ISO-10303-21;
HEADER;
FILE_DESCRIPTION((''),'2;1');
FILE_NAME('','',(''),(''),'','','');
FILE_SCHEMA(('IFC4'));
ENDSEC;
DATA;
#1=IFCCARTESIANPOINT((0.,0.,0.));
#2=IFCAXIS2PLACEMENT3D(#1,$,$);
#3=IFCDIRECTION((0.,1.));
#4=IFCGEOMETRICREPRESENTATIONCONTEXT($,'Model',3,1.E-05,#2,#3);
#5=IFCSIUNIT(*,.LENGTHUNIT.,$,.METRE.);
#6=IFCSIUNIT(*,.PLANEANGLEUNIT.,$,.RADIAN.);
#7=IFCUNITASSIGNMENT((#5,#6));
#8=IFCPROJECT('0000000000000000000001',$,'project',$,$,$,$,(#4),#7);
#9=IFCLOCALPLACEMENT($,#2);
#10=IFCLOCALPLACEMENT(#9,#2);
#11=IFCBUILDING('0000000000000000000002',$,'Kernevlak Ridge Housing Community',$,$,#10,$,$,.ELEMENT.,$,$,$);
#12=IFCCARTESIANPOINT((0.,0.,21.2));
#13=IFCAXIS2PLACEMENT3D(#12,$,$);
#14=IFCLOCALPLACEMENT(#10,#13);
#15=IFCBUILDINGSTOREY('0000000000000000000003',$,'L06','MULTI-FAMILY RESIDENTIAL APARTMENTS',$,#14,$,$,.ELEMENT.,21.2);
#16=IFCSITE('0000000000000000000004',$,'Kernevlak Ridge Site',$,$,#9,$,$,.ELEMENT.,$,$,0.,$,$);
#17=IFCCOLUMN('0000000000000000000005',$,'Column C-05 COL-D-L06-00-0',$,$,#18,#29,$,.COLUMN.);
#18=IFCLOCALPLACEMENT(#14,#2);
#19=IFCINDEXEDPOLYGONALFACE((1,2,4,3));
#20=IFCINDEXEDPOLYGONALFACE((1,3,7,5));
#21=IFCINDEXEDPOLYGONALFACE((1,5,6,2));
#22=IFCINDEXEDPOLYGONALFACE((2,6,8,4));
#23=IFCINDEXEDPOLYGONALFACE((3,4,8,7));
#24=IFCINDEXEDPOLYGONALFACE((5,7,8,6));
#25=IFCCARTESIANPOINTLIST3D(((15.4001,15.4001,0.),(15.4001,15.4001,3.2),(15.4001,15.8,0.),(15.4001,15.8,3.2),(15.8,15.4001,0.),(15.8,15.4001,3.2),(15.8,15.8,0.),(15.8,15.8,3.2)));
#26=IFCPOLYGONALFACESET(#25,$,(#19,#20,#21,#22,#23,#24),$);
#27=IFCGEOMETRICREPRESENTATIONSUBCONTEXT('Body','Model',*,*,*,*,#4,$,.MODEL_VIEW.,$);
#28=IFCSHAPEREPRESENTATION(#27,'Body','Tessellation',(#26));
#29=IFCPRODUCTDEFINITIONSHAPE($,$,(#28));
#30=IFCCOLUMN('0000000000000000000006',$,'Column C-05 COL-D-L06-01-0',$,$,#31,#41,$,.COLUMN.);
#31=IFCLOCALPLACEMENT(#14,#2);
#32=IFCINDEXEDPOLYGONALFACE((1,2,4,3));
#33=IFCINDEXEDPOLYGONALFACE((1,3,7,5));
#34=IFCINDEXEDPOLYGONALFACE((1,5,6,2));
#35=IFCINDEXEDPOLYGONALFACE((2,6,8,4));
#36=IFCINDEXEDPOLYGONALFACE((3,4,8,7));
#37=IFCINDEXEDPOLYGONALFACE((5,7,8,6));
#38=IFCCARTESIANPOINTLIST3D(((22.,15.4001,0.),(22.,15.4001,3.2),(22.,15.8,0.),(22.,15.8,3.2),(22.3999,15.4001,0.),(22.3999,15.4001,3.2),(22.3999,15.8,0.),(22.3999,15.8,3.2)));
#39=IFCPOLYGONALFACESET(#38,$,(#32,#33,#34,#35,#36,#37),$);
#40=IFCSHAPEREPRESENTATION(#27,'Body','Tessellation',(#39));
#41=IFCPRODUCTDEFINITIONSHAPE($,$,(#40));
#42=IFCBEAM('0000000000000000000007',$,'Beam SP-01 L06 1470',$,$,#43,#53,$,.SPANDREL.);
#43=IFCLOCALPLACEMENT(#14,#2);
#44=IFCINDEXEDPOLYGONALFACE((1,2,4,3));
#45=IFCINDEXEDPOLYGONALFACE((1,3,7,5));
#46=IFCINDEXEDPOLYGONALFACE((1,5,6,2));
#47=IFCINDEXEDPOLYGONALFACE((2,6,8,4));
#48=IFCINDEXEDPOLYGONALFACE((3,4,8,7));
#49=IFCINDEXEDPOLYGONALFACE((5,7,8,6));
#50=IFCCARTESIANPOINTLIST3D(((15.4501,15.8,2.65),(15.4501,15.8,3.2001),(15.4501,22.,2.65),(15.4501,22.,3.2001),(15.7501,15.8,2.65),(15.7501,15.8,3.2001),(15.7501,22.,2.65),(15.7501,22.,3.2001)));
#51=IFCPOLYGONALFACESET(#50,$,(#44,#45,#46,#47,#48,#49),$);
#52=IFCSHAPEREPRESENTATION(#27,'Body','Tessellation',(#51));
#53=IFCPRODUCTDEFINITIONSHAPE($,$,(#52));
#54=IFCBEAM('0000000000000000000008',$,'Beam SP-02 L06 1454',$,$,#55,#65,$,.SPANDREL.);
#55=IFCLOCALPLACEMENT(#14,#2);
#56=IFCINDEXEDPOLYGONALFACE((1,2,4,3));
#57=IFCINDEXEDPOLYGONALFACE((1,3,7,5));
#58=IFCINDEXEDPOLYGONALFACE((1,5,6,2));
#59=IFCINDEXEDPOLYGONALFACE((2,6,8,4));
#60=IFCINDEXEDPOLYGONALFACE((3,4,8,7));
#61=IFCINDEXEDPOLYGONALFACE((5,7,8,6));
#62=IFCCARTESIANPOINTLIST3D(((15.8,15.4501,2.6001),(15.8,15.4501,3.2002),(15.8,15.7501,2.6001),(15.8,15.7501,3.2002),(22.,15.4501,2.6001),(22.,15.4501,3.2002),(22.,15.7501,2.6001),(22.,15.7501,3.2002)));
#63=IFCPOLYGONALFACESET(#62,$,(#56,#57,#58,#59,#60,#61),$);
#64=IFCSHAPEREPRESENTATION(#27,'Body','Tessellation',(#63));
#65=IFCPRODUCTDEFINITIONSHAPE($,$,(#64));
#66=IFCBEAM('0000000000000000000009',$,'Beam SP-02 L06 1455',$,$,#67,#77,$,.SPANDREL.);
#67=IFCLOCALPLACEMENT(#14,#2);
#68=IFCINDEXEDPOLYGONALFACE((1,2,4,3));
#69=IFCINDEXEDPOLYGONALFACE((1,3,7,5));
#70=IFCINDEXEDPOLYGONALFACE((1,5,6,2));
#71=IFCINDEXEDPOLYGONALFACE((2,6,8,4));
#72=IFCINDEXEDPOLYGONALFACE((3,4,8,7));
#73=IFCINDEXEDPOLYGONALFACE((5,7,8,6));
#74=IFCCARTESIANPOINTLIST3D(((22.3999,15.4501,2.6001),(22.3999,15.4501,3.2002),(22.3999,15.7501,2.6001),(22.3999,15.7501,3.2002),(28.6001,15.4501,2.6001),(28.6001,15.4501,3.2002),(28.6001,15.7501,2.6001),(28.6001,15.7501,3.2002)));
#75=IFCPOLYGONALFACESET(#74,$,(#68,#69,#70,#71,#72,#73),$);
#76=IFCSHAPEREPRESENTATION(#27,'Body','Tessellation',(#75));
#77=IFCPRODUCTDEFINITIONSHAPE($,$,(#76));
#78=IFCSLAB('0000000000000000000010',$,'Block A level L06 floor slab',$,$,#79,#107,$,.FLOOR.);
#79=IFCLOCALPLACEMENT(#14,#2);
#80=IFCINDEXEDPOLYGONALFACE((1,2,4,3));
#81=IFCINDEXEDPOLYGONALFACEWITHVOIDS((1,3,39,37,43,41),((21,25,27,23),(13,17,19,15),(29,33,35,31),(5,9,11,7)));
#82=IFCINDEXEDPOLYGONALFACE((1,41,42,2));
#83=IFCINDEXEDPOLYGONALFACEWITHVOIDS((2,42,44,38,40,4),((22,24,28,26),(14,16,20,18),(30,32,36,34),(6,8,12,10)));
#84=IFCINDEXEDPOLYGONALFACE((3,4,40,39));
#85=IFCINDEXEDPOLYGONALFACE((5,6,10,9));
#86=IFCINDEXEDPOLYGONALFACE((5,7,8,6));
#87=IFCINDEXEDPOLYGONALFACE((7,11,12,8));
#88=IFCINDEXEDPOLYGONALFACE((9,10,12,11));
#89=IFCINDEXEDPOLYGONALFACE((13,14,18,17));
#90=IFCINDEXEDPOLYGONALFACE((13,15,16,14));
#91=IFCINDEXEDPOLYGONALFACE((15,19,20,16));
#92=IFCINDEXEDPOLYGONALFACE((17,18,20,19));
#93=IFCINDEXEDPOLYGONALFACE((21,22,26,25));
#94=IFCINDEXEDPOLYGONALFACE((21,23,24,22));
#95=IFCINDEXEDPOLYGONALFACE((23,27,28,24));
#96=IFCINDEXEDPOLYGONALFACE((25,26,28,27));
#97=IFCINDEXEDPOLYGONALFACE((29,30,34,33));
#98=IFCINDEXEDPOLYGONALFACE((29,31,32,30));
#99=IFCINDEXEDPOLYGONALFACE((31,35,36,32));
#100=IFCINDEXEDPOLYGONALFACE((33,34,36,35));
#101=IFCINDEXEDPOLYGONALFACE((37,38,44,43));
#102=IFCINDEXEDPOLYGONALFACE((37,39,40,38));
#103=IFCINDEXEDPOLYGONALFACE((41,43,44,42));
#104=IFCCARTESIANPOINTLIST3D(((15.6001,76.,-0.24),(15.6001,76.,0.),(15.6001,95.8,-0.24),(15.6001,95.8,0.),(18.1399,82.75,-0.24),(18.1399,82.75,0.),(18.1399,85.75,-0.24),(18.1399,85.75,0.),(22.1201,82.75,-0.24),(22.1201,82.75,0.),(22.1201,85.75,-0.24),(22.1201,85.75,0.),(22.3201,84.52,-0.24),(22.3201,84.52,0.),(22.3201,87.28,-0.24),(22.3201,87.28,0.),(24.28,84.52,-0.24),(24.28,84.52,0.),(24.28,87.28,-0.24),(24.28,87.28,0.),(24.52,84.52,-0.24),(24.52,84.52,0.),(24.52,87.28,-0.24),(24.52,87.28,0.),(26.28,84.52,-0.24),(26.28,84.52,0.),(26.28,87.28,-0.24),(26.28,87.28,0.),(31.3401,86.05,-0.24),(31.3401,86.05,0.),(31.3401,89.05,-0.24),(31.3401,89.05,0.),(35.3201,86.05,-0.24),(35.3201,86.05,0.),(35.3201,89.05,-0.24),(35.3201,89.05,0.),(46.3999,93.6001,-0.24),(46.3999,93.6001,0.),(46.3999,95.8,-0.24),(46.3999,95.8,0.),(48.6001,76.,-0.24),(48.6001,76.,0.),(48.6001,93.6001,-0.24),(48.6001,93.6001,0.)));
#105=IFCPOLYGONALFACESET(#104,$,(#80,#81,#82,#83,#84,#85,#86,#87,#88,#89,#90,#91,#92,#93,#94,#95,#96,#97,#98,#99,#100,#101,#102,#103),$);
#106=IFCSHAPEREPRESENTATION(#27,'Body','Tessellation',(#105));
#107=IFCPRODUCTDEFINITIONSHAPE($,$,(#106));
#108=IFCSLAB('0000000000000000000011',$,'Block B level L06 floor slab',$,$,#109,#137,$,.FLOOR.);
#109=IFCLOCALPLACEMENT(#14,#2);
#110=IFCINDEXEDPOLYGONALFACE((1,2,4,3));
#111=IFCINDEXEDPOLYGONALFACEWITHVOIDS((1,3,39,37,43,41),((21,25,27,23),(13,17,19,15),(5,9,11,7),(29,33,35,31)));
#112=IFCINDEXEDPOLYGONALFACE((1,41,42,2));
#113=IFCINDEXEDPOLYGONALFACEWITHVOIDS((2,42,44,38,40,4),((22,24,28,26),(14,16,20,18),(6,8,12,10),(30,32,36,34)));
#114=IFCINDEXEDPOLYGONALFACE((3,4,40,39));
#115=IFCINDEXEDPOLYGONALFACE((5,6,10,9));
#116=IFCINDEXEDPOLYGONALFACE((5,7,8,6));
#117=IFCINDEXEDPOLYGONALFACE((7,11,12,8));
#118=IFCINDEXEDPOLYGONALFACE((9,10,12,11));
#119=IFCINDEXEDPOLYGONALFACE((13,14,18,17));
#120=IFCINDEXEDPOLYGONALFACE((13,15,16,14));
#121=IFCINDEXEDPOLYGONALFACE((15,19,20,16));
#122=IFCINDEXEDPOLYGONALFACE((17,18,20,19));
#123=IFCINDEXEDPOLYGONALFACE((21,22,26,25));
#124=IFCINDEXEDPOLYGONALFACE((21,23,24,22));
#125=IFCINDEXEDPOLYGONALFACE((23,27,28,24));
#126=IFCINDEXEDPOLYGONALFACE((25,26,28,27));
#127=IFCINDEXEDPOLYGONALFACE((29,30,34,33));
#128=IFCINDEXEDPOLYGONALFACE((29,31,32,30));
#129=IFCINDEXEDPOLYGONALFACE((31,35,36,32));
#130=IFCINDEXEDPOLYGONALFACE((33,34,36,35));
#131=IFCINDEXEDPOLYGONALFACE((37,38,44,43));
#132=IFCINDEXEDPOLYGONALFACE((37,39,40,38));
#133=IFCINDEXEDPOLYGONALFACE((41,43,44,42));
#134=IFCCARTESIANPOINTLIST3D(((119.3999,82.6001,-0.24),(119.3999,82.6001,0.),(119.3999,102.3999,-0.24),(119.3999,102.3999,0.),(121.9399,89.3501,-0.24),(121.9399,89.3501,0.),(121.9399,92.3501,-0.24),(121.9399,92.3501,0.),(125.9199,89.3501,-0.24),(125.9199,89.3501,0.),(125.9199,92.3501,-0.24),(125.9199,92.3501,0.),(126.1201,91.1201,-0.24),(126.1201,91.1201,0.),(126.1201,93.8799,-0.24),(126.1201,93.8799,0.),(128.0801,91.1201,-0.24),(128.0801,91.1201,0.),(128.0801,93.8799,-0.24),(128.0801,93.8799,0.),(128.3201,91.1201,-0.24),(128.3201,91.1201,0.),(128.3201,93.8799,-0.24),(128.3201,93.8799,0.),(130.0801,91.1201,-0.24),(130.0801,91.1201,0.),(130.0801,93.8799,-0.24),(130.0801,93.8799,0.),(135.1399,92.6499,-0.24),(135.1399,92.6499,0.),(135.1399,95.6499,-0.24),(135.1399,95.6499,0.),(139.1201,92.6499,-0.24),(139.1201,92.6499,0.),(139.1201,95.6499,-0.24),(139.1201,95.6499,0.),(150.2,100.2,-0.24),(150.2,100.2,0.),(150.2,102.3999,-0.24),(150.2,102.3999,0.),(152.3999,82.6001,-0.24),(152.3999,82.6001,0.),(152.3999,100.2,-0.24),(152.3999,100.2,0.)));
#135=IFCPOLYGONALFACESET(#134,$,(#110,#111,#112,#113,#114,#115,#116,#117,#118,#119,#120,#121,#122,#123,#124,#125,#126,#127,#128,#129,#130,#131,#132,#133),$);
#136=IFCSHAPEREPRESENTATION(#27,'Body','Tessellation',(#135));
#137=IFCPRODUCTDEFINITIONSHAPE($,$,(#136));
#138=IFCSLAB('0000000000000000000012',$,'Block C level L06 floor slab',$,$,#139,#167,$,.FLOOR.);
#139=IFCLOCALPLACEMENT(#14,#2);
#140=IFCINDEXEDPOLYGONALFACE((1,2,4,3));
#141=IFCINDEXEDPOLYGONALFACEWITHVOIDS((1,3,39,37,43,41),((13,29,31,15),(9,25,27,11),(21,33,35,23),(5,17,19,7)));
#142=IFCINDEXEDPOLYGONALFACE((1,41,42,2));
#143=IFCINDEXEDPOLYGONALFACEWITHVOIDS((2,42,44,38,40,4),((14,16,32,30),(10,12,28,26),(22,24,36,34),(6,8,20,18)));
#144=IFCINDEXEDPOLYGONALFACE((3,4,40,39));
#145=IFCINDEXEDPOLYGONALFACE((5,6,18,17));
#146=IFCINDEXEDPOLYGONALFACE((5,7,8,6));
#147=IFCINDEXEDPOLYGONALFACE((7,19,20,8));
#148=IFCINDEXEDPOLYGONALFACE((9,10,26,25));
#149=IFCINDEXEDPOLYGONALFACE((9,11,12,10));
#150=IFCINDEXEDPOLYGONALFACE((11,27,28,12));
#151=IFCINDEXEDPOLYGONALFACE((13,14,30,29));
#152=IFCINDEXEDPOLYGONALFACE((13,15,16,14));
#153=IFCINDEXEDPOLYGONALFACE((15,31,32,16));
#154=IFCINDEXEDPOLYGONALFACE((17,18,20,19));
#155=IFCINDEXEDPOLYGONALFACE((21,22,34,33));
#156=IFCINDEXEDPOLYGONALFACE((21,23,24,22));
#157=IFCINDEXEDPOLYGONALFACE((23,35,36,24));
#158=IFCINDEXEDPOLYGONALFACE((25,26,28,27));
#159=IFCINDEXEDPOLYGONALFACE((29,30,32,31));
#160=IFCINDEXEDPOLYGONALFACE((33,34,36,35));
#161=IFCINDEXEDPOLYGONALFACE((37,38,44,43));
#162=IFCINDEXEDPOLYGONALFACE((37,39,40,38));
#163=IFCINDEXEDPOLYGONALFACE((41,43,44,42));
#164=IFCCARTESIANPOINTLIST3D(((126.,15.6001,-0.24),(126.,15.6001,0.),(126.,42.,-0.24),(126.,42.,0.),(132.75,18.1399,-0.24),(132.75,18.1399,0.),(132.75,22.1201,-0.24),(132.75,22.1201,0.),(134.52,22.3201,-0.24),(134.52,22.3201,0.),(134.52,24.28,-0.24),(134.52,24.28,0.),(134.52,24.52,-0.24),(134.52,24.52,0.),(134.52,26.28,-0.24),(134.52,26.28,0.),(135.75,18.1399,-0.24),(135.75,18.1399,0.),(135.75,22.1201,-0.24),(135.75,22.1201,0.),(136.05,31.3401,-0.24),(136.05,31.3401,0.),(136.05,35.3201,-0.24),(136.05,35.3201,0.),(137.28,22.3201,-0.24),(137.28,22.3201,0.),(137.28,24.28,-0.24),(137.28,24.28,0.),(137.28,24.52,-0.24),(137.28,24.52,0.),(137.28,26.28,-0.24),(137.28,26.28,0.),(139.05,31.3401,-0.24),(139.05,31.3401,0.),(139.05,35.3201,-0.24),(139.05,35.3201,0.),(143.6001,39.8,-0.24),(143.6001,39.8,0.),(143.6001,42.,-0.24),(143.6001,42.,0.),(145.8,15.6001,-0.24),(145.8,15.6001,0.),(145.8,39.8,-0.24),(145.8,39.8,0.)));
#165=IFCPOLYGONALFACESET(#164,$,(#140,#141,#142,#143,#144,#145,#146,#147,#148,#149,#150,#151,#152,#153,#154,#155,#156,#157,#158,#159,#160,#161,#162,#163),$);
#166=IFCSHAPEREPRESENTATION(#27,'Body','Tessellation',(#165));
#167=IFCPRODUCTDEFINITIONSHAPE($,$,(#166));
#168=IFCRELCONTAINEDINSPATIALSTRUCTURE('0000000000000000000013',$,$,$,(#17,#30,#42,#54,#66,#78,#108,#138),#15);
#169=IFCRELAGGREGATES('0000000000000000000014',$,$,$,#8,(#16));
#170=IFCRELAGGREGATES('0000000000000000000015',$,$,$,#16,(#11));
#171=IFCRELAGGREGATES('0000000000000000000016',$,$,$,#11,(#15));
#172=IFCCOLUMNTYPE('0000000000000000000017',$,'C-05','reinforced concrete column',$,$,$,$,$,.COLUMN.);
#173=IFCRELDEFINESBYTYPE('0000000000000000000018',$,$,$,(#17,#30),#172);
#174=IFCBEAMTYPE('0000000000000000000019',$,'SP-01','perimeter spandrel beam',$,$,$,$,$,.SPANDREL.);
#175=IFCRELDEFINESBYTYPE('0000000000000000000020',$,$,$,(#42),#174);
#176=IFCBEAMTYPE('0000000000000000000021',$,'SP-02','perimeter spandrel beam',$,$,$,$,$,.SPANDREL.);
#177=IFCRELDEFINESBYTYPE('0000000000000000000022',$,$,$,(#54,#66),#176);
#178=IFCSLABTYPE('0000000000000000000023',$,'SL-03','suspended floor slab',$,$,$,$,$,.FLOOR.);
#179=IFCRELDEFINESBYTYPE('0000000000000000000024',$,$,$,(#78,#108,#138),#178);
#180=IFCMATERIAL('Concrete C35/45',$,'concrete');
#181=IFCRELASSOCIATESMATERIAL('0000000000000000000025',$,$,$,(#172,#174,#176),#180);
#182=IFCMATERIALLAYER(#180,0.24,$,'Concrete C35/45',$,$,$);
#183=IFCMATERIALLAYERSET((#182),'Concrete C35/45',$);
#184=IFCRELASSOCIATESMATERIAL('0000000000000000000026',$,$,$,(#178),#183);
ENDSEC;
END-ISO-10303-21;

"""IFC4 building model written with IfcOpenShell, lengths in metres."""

from ifc_helpers import new_model, si_unit, direction, frame, origin, origin_2d, place, context, subcontext, project, spatial, polyline, rectangle, outline, extrude, material, layer, layer_set, material_profile, profile_set, type_object, element, save


model = new_model("IFC4")

# Units and contexts
model_context = context("Model", 3, precision=1e-05, world=origin(), true_north=direction((0.0, 1.0)))
body_context = subcontext(model_context, "Body", "Model", "MODEL_VIEW")
ifc_project = project(units=[si_unit("LENGTHUNIT", "METRE"), si_unit("PLANEANGLEUNIT", "RADIAN")], contexts=[model_context])

# Site, building, storey
site_placement = place(None, origin())
site = spatial("IfcSite", under=ifc_project, at=site_placement, Name="Kernevlak Ridge Site", CompositionType="ELEMENT", RefElevation=0.0)
building_placement = place(site_placement, origin())
building = spatial("IfcBuilding", under=site, at=building_placement, Name="Kernevlak Ridge Housing Community", CompositionType="ELEMENT")
storey_placement = place(building_placement, frame((0.0, 0.0, 21.2)))
storey = spatial("IfcBuildingStorey", under=building, at=storey_placement, Name="L06", Description="MULTI-FAMILY RESIDENTIAL APARTMENTS", CompositionType="ELEMENT", Elevation=21.2)

# Columns
ifc_material_1 = material(Name="Concrete C35/45", Category="concrete")
ifc_material_profile_1 = material_profile(ifc_material_1, rectangle(XDim=0.3999, YDim=0.3999, at=origin_2d()), Name="RC 400x400")
ifc_profile_set_1 = profile_set([ifc_material_profile_1], Name="Concrete C35/45")
column_type = type_object("IfcColumnType", Name="C-05", Description="reinforced concrete column", PredefinedType="COLUMN", material=ifc_profile_set_1)
for number, where, z_axis, x_axis, name in (
    (1, (15.6001, 15.6001, 0.0), (0.0, 0.0, 1.0), (1.0, 0.0, 0.0), "Column C-05 COL-D-L06-00-0"),
    (2, (22.2, 15.6001, 0.0), (0.0, 0.0, 1.0), (1.0, 0.0, 0.0), "Column C-05 COL-D-L06-01-0"),
):
    element("IfcColumn", number, at=place(storey_placement, frame(where, z_axis=z_axis, x_axis=x_axis)), inside=storey, type_object=column_type, Name=name, PredefinedType="COLUMN", context=body_context, shape_type="SweptSolid", body=[
        extrude(rectangle(XDim=0.3999, YDim=0.3999, at=origin_2d()), origin(), (0.0, 0.0, 1.0), 3.2),
    ])

# Beams
ifc_material_profile_2 = material_profile(ifc_material_1, rectangle(XDim=0.3, YDim=0.55, at=origin_2d()), Name="RC 300x550")
ifc_profile_set_2 = profile_set([ifc_material_profile_2], Name="Concrete C35/45")
beam_type_1 = type_object("IfcBeamType", Name="SP-01", Description="perimeter spandrel beam", PredefinedType="SPANDREL", material=ifc_profile_set_2)
beam_1_placement = place(storey_placement, frame((15.6001, 15.8, 2.925), z_axis=(0.0, 1.0, 0.0), x_axis=(-1.0, 0.0, 0.0)))
element("IfcBeam", 3, at=beam_1_placement, inside=storey, type_object=beam_type_1, Name="Beam SP-01 L06 1470", PredefinedType="SPANDREL", context=body_context, shape_type="SweptSolid", body=[
    extrude(rectangle(XDim=0.3, YDim=0.55, at=origin_2d()), origin(), (0.0, 0.0, 1.0), 6.2),
])
ifc_material_profile_3 = material_profile(ifc_material_1, rectangle(XDim=0.3, YDim=0.6001, at=origin_2d()), Name="RC 300x600")
ifc_profile_set_3 = profile_set([ifc_material_profile_3], Name="Concrete C35/45")
beam_type_2 = type_object("IfcBeamType", Name="SP-02", Description="perimeter spandrel beam", PredefinedType="SPANDREL", material=ifc_profile_set_3)
beam_2_placement = place(storey_placement, frame((15.8, 15.6001, 2.9001), z_axis=(1.0, 0.0, 0.0), x_axis=(0.0, 1.0, 0.0)))
element("IfcBeam", 4, at=beam_2_placement, inside=storey, type_object=beam_type_2, Name="Beam SP-02 L06 1454", PredefinedType="SPANDREL", context=body_context, shape_type="SweptSolid", body=[
    extrude(rectangle(XDim=0.3, YDim=0.6001, at=origin_2d()), origin(), (0.0, 0.0, 1.0), 6.2),
])
beam_3_placement = place(storey_placement, frame((22.3999, 15.6001, 2.9001), z_axis=(1.0, 0.0, 0.0), x_axis=(0.0, 1.0, 0.0)))
element("IfcBeam", 5, at=beam_3_placement, inside=storey, type_object=beam_type_2, Name="Beam SP-02 L06 1455", PredefinedType="SPANDREL", context=body_context, shape_type="SweptSolid", body=[
    extrude(rectangle(XDim=0.3, YDim=0.6001, at=origin_2d()), origin(), (0.0, 0.0, 1.0), 6.2002),
])

# Slabs
ifc_layer_1 = layer(ifc_material_1, 0.24, Name="Concrete C35/45")
ifc_layer_set_1 = layer_set([ifc_layer_1], Name="Concrete C35/45")
slab_type_1 = type_object("IfcSlabType", Name="SL-03", Description="suspended floor slab", PredefinedType="FLOOR", material=ifc_layer_set_1)
slab_1_placement = place(storey_placement, frame((0.0, 0.0, -0.24)))
element("IfcSlab", 6, at=slab_1_placement, inside=storey, type_object=slab_type_1, Name="Block A level L06 floor slab", PredefinedType="FLOOR", context=body_context, shape_type="SweptSolid", body=[
    extrude(outline(polyline([(15.6001, 76.0), (48.6001, 76.0), (48.6001, 93.6001), (46.3999, 93.6001), (46.3999, 95.8), (15.6001, 95.8), (15.6001, 76.0)]), holes=[polyline([(18.1399, 85.75), (22.1201, 85.75), (22.1201, 82.75), (18.1399, 82.75), (18.1399, 85.75)]), polyline([(31.3401, 89.05), (35.3201, 89.05), (35.3201, 86.05), (31.3401, 86.05), (31.3401, 89.05)]), polyline([(22.3201, 87.28), (24.28, 87.28), (24.28, 84.52), (22.3201, 84.52), (22.3201, 87.28)]), polyline([(24.52, 87.28), (26.28, 87.28), (26.28, 84.52), (24.52, 84.52), (24.52, 87.28)])]), origin(), (0.0, 0.0, 1.0), 0.24),
])
slab_2_placement = place(storey_placement, frame((0.0, 0.0, -0.24)))
element("IfcSlab", 7, at=slab_2_placement, inside=storey, type_object=slab_type_1, Name="Block B level L06 floor slab", PredefinedType="FLOOR", context=body_context, shape_type="SweptSolid", body=[
    extrude(outline(polyline([(119.3999, 82.6001), (152.3999, 82.6001), (152.3999, 100.2), (150.2, 100.2), (150.2, 102.3999), (119.3999, 102.3999), (119.3999, 82.6001)]), holes=[polyline([(121.9399, 92.3501), (125.9199, 92.3501), (125.9199, 89.3501), (121.9399, 89.3501), (121.9399, 92.3501)]), polyline([(135.1399, 95.6499), (139.1201, 95.6499), (139.1201, 92.6499), (135.1399, 92.6499), (135.1399, 95.6499)]), polyline([(126.1201, 93.8799), (128.0801, 93.8799), (128.0801, 91.1201), (126.1201, 91.1201), (126.1201, 93.8799)]), polyline([(128.3201, 93.8799), (130.0801, 93.8799), (130.0801, 91.1201), (128.3201, 91.1201), (128.3201, 93.8799)])]), origin(), (0.0, 0.0, 1.0), 0.24),
])
slab_3_placement = place(storey_placement, frame((0.0, 0.0, -0.24)))
element("IfcSlab", 8, at=slab_3_placement, inside=storey, type_object=slab_type_1, Name="Block C level L06 floor slab", PredefinedType="FLOOR", context=body_context, shape_type="SweptSolid", body=[
    extrude(outline(polyline([(145.8, 15.6001), (145.8, 39.8), (143.6001, 39.8), (143.6001, 42.0), (126.0, 42.0), (126.0, 15.6001), (145.8, 15.6001)]), holes=[polyline([(132.75, 18.1399), (132.75, 22.1201), (135.75, 22.1201), (135.75, 18.1399), (132.75, 18.1399)]), polyline([(136.05, 31.3401), (136.05, 35.3201), (139.05, 35.3201), (139.05, 31.3401), (136.05, 31.3401)]), polyline([(134.52, 24.28), (137.28, 24.28), (137.28, 22.3201), (134.52, 22.3201), (134.52, 24.28)]), polyline([(134.52, 26.28), (137.28, 26.28), (137.28, 24.52), (134.52, 24.52), (134.52, 26.28)])]), origin(), (0.0, 0.0, 1.0), 0.24),
])

save(model, "model.ifc")
